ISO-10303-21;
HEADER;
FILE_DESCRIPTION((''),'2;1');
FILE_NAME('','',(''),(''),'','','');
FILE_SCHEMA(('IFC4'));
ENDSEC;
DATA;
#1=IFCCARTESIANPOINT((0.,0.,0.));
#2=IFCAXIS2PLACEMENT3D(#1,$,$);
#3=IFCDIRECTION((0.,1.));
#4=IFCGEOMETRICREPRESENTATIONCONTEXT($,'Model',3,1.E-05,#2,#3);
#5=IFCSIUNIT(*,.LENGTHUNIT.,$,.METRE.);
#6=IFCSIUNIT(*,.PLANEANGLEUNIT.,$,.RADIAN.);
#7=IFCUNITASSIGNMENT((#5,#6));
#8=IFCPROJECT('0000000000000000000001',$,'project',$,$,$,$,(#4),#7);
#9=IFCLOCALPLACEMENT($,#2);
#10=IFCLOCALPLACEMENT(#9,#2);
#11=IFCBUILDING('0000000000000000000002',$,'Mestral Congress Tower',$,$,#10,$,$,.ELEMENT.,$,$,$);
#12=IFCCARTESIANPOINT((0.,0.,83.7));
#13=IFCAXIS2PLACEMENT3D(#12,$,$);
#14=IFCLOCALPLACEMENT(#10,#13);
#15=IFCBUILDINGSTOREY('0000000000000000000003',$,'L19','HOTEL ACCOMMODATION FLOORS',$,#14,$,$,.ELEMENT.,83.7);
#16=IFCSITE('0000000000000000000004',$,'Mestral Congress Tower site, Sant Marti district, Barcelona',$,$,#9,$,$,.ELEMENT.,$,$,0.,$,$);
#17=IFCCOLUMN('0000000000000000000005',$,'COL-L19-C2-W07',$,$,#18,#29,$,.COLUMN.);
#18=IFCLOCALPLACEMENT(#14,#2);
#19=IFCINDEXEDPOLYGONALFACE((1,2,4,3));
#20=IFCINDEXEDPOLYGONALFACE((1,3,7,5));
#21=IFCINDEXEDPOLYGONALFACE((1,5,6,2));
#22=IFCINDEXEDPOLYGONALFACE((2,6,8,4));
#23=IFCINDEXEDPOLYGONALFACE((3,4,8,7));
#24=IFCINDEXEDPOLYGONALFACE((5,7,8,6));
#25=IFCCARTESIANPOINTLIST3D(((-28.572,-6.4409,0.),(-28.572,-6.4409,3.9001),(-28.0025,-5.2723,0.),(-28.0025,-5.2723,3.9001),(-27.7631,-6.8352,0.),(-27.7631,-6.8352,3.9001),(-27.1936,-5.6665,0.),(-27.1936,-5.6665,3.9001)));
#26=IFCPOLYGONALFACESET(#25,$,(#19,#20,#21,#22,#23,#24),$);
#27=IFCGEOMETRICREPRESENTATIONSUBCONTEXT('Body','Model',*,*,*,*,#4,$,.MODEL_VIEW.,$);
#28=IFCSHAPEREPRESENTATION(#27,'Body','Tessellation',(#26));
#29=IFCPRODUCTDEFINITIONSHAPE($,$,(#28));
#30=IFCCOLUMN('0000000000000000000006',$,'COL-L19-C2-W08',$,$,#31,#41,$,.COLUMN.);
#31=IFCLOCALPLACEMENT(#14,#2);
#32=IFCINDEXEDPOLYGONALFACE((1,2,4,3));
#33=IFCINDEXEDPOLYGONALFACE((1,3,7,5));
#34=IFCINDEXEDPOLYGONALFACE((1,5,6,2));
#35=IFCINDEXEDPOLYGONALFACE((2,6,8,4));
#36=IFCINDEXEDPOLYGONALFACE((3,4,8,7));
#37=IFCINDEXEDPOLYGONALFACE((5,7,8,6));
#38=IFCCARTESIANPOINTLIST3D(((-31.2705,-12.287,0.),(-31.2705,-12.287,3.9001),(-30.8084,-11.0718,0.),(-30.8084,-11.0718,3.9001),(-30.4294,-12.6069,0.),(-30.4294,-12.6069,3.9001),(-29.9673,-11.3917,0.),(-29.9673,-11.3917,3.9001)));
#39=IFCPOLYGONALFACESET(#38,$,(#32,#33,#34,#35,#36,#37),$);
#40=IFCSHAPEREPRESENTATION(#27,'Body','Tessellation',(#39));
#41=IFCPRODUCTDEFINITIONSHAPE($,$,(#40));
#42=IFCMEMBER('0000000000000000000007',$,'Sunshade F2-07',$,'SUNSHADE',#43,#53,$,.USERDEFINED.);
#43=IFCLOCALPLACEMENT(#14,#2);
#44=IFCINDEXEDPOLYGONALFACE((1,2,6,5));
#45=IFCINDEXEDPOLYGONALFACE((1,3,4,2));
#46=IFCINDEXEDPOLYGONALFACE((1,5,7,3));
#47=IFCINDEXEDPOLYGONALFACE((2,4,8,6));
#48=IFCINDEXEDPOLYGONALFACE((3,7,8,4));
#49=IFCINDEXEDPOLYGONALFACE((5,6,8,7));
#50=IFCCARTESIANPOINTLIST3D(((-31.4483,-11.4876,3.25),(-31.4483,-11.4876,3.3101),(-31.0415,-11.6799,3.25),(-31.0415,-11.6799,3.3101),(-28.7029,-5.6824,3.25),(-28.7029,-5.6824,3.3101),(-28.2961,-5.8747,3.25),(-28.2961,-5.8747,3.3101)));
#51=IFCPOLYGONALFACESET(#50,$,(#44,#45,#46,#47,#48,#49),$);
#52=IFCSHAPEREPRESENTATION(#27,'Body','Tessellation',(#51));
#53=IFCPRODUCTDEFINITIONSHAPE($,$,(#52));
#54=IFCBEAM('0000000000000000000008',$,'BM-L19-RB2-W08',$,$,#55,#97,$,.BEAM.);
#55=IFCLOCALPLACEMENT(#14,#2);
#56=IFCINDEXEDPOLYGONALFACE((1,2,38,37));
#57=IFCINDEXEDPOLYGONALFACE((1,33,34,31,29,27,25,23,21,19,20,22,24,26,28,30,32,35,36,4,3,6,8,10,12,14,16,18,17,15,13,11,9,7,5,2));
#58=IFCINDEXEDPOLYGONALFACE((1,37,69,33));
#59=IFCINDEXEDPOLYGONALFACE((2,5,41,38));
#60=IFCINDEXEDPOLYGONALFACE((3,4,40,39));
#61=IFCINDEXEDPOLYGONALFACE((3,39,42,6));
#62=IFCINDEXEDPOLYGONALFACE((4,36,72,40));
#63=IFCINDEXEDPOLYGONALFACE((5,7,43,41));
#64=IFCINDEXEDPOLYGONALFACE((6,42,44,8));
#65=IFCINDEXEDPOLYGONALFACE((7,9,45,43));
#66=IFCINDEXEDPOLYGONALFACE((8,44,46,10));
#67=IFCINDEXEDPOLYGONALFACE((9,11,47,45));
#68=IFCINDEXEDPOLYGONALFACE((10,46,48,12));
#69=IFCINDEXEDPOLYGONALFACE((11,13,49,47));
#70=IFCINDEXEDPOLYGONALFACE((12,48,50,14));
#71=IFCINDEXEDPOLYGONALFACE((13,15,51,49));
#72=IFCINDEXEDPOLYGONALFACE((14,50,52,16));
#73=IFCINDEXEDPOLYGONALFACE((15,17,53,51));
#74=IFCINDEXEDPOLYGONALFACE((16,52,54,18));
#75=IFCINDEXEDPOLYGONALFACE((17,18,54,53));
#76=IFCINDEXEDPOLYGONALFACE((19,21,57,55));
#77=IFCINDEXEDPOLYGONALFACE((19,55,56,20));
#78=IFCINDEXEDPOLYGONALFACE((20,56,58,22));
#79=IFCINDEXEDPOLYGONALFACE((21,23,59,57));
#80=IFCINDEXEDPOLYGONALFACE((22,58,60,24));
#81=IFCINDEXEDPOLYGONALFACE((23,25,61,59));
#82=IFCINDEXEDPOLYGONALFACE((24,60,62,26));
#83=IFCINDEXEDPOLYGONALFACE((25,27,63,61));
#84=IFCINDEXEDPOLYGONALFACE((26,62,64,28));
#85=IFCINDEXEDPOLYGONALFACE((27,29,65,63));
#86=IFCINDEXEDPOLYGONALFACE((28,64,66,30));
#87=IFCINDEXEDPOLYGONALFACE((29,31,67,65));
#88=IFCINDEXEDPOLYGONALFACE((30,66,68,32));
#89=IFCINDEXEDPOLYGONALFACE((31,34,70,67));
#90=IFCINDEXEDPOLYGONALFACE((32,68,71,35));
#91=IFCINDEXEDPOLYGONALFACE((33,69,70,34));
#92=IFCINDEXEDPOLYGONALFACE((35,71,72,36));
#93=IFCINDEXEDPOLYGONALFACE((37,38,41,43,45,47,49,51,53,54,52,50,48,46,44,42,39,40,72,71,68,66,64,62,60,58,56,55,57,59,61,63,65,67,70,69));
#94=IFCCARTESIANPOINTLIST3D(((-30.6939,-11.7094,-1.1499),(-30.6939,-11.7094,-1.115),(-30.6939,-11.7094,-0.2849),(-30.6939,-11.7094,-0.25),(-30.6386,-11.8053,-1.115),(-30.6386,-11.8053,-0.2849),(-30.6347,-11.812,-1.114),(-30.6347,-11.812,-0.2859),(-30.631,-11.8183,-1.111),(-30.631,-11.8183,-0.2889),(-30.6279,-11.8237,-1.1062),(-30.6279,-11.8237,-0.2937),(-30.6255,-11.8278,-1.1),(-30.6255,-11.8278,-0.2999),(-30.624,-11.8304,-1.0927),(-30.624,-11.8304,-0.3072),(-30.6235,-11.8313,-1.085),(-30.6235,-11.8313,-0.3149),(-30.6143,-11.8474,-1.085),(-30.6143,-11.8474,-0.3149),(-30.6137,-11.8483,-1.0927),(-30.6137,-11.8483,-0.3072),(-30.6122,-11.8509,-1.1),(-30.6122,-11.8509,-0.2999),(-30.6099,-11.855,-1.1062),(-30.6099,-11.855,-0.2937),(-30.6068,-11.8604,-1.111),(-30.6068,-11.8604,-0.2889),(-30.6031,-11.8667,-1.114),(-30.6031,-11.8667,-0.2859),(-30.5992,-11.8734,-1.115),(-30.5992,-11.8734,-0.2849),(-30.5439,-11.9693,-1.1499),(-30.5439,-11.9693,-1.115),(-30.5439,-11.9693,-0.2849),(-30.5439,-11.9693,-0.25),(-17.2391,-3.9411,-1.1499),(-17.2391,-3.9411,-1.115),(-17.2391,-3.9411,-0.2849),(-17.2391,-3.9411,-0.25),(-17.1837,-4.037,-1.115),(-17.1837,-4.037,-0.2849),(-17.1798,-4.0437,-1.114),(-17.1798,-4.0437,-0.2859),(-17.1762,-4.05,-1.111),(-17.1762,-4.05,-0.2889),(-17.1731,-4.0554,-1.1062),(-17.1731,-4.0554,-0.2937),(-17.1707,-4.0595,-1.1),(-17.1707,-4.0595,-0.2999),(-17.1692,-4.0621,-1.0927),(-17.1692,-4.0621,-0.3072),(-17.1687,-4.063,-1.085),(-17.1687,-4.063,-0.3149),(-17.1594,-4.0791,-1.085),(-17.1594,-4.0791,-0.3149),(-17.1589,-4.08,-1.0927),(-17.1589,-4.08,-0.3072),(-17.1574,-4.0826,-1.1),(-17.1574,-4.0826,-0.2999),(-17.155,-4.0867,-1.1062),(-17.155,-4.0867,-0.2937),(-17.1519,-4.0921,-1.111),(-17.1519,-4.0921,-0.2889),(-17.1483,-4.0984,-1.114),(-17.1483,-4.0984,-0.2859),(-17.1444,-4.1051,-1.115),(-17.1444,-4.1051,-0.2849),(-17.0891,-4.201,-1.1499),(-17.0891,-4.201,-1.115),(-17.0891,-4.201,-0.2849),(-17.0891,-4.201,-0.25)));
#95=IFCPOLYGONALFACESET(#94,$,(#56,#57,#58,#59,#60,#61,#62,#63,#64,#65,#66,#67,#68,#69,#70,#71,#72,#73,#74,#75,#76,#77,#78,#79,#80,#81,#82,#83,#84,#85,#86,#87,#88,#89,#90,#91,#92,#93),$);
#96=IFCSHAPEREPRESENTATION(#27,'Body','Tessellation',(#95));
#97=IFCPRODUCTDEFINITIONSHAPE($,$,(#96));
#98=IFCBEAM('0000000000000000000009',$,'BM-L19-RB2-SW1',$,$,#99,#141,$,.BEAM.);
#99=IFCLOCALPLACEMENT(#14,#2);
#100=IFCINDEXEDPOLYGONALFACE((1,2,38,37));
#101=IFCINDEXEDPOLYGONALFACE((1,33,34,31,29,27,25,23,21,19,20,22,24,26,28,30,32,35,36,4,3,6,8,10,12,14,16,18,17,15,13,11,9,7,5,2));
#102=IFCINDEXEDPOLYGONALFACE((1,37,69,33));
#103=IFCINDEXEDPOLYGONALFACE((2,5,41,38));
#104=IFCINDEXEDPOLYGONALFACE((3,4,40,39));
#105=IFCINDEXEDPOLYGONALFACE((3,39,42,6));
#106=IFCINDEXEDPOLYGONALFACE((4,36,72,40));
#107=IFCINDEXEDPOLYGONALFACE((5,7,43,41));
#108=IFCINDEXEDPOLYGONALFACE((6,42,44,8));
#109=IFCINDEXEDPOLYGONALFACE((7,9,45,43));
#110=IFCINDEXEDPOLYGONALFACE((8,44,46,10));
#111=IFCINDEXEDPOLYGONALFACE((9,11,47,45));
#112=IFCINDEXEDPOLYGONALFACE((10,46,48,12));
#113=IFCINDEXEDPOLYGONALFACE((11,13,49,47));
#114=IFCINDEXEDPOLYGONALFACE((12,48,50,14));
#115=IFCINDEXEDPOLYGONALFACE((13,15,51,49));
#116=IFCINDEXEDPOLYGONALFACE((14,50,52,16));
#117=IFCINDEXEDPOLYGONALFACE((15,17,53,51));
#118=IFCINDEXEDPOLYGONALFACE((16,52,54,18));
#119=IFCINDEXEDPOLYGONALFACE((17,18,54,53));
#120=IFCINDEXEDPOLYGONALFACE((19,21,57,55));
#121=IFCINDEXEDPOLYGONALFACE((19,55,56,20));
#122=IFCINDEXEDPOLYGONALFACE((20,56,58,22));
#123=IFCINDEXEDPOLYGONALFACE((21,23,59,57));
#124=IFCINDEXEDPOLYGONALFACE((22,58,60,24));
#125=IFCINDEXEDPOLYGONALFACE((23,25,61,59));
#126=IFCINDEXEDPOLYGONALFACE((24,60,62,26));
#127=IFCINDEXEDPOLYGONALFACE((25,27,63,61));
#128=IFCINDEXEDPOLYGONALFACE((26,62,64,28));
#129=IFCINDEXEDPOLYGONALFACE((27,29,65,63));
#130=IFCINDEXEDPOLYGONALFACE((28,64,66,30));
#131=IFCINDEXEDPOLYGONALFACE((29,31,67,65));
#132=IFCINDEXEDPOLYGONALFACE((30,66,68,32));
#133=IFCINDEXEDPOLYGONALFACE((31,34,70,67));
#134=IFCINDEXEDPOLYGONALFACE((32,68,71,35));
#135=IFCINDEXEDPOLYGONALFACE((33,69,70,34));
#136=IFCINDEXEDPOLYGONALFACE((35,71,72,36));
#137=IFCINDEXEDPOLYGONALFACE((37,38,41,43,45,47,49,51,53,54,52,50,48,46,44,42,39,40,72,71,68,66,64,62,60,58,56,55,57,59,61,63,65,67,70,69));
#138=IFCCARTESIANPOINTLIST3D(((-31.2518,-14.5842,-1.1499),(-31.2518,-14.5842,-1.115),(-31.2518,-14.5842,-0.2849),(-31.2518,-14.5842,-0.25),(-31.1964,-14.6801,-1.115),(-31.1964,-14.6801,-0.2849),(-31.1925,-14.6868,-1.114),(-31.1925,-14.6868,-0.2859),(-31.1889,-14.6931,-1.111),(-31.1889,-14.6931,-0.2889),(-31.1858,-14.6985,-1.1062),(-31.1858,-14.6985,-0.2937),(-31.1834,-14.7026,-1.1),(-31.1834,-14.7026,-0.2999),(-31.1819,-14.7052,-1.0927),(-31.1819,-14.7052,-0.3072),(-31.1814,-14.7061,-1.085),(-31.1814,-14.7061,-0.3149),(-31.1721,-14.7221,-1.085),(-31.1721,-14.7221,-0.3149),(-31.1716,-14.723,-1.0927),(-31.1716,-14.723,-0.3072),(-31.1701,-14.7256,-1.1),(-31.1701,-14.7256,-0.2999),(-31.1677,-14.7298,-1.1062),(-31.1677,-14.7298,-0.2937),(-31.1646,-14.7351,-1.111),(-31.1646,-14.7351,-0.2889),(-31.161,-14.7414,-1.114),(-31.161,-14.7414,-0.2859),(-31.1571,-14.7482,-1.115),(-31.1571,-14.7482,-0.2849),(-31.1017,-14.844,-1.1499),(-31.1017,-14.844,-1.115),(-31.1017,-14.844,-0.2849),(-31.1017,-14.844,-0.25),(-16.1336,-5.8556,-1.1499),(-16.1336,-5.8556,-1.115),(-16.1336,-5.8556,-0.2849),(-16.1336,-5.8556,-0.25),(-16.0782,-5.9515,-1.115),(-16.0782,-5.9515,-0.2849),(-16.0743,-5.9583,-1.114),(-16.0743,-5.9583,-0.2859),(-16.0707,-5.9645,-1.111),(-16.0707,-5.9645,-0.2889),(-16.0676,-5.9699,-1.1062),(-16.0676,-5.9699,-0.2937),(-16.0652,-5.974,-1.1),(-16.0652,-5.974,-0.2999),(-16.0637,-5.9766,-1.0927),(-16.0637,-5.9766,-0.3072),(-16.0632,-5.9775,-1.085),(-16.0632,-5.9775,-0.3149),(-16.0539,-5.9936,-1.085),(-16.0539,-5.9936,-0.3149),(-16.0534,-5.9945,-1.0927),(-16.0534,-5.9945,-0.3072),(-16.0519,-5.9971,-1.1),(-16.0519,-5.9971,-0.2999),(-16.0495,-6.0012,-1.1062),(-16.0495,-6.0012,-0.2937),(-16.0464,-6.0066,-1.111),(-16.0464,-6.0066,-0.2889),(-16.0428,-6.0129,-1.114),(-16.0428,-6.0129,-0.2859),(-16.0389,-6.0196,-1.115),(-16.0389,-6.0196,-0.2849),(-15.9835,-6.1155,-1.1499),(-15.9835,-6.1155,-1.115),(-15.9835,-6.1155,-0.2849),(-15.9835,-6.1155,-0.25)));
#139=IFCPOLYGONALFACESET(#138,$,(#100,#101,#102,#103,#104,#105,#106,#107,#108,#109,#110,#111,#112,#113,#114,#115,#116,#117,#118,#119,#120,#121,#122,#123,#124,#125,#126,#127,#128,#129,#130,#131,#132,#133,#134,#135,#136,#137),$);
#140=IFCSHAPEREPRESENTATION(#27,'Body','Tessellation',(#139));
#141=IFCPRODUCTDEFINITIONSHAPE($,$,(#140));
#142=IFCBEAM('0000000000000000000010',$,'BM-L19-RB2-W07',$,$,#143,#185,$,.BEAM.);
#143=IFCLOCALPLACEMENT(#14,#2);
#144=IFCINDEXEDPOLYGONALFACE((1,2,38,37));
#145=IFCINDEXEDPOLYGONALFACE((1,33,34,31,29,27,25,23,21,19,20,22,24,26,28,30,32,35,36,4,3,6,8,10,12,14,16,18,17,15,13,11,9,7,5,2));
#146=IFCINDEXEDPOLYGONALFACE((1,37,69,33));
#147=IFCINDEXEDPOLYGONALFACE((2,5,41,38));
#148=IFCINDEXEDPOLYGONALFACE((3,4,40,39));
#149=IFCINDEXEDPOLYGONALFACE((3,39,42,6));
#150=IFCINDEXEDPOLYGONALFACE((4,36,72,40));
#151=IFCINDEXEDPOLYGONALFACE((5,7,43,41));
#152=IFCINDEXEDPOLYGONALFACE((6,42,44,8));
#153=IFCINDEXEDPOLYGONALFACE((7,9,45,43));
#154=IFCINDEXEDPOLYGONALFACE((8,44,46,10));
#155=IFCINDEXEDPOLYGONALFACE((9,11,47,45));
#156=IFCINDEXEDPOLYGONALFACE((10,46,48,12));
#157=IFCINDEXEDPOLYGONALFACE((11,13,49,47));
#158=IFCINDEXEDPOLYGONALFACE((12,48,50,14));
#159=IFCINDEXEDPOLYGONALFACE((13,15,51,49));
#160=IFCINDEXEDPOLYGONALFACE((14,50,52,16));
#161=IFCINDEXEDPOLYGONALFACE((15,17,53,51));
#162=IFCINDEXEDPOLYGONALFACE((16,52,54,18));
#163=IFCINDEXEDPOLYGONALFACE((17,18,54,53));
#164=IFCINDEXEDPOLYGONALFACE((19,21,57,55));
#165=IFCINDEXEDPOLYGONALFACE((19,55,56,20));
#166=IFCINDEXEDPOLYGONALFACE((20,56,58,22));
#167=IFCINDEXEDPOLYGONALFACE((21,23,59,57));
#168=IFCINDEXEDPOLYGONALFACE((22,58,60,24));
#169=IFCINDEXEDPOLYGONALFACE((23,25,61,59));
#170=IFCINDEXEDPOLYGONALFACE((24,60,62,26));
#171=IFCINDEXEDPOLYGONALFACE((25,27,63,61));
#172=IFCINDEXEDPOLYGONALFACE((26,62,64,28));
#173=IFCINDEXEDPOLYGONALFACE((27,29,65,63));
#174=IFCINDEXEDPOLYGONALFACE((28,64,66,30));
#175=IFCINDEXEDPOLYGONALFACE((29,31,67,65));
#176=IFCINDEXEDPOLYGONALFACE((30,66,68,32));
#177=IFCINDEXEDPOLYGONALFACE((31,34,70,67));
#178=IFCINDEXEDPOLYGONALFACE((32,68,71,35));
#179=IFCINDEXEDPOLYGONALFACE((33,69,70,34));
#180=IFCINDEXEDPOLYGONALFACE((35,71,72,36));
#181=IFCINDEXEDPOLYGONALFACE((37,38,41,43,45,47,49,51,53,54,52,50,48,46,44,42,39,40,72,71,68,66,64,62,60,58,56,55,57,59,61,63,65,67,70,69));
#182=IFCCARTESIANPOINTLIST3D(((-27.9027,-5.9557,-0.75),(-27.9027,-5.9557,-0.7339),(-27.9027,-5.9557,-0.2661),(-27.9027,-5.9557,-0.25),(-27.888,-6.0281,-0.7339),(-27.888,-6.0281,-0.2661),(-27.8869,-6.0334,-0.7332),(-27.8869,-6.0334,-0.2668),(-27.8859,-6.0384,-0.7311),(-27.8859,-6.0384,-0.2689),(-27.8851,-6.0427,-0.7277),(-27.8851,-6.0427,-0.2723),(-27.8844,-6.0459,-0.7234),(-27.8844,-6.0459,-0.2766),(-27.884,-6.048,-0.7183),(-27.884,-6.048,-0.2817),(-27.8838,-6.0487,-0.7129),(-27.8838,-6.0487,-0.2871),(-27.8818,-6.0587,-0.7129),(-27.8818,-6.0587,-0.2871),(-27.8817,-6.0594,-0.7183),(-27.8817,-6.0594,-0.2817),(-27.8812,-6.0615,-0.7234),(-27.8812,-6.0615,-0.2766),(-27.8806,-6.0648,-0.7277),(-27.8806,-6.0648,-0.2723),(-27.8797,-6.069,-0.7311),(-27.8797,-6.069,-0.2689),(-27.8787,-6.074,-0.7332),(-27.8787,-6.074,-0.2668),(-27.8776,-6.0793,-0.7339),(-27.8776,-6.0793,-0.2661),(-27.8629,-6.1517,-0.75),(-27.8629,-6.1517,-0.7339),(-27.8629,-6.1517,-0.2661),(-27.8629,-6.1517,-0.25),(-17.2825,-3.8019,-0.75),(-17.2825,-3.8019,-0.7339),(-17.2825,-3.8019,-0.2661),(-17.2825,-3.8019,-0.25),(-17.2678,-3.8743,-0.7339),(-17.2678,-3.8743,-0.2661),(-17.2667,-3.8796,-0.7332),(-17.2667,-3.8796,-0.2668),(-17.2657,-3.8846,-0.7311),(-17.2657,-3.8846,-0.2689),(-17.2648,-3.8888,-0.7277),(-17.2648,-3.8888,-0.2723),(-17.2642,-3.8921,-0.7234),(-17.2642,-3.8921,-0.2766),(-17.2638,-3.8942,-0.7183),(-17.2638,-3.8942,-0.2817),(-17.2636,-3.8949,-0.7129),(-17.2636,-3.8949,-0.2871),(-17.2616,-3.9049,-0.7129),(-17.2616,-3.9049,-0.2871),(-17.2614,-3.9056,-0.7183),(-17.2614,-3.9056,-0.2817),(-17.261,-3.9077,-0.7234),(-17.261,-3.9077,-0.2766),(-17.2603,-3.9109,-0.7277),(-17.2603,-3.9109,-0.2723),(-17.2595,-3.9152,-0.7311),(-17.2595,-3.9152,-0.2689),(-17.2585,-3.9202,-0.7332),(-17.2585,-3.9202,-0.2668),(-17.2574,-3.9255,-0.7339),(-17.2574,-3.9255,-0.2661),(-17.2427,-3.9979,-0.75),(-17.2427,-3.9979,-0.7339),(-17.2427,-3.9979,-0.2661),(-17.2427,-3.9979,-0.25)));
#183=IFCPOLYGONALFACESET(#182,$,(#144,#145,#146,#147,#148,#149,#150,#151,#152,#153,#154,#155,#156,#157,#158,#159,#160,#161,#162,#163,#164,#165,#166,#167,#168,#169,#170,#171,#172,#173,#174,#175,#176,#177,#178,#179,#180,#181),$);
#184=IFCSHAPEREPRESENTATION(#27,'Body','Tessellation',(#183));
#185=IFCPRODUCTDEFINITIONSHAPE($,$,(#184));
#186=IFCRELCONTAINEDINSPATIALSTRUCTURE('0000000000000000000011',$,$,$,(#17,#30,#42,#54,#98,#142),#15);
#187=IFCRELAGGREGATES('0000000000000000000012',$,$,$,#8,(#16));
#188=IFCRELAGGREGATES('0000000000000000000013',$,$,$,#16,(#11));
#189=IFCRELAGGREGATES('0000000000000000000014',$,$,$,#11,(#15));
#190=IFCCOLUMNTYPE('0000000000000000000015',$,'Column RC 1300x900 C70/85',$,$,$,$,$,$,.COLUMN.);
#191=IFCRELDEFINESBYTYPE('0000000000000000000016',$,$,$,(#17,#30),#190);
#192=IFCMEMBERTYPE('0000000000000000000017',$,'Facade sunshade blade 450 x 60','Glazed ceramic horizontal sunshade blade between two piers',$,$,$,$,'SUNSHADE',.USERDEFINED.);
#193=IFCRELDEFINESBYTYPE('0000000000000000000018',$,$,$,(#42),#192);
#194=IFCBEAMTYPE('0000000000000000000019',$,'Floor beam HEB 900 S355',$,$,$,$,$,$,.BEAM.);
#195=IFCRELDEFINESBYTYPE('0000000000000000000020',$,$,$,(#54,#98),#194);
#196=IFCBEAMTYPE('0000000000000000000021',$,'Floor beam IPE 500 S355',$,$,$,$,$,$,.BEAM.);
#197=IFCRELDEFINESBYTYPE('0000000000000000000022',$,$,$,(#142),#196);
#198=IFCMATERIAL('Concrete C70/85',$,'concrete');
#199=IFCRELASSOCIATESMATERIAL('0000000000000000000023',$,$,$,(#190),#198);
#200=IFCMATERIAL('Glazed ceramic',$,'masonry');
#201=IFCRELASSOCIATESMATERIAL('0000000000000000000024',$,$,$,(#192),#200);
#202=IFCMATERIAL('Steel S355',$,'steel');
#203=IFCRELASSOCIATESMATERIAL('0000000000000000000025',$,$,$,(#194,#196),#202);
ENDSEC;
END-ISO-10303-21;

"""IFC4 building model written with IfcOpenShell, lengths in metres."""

from ifc_helpers import new_model, si_unit, direction, frame, origin, origin_2d, place, context, subcontext, project, spatial, rectangle, i_section, extrude, material, material_profile, profile_set, type_object, element, save


model = new_model("IFC4")

# Units and contexts
model_context = context("Model", 3, precision=1e-05, world=origin(), true_north=direction((0.0, 1.0)))
body_context = subcontext(model_context, "Body", "Model", "MODEL_VIEW")
ifc_project = project(units=[si_unit("LENGTHUNIT", "METRE"), si_unit("PLANEANGLEUNIT", "RADIAN")], contexts=[model_context])

# Site, building, storey
site_placement = place(None, origin())
site = spatial("IfcSite", under=ifc_project, at=site_placement, Name="Mestral Congress Tower site, Sant Marti district, Barcelona", CompositionType="ELEMENT", RefElevation=0.0)
building_placement = place(site_placement, origin())
building = spatial("IfcBuilding", under=site, at=building_placement, Name="Mestral Congress Tower", CompositionType="ELEMENT")
storey_placement = place(building_placement, frame((0.0, 0.0, 83.7)))
storey = spatial("IfcBuildingStorey", under=building, at=storey_placement, Name="L19", Description="HOTEL ACCOMMODATION FLOORS", CompositionType="ELEMENT", Elevation=83.7)

# Columns
ifc_material_1 = material(Name="Concrete C70/85", Category="concrete")
ifc_material_profile_1 = material_profile(ifc_material_1, rectangle(XDim=1.3, YDim=0.8999, at=origin_2d()), Name="RC 1300x900")
ifc_profile_set_1 = profile_set([ifc_material_profile_1], Name="Concrete C70/85")
column_type = type_object("IfcColumnType", Name="Column RC 1300x900 C70/85", PredefinedType="COLUMN", material=ifc_profile_set_1)
for number, where, z_axis, x_axis, name in (
    (1, (-27.8828, -6.0537, 0.0), (0.0, 0.0, 1.0), (-0.438061, -0.898945, 0.0), "COL-L19-C2-W07"),
    (2, (-30.6189, -11.8394, 0.0), (0.0, 0.0, 1.0), (-0.355494, -0.934679, 0.0), "COL-L19-C2-W08"),
):
    element("IfcColumn", number, at=place(storey_placement, frame(where, z_axis=z_axis, x_axis=x_axis)), inside=storey, type_object=column_type, Name=name, PredefinedType="COLUMN", context=body_context, shape_type="SweptSolid", body=[
        extrude(rectangle(XDim=1.3, YDim=0.8999, at=origin_2d()), origin(), (0.0, 0.0, 1.0), 3.9001),
    ])

# Member
ifc_material_2 = material(Name="Glazed ceramic", Category="masonry")
ifc_material_profile_2 = material_profile(ifc_material_2, rectangle(XDim=0.45, YDim=0.0601, at=origin_2d()), Name="Ceramic blade 450 x 60")
ifc_profile_set_2 = profile_set([ifc_material_profile_2], Name="Glazed ceramic")
member_type = type_object("IfcMemberType", Name="Facade sunshade blade 450 x 60", Description="Glazed ceramic horizontal sunshade blade between two piers", ElementType="SUNSHADE", PredefinedType="USERDEFINED", material=ifc_profile_set_2)
member_placement = place(storey_placement, frame((-28.4995, -5.7786, 3.28), z_axis=(-0.427519, -0.904006, 0.0), x_axis=(0.904006, -0.427519, 0.0)))
element("IfcMember", 3, at=member_placement, inside=storey, type_object=member_type, Name="Sunshade F2-07", ObjectType="SUNSHADE", PredefinedType="USERDEFINED", context=body_context, shape_type="SweptSolid", body=[
    extrude(rectangle(XDim=0.45, YDim=0.0601, at=origin_2d()), origin(), (0.0, 0.0, 1.0), 6.4216),
])

# Beams
ifc_material_3 = material(Name="Steel S355", Category="steel")
ifc_material_profile_3 = material_profile(ifc_material_3, i_section(OverallWidth=0.3, OverallDepth=0.8999, WebThickness=0.0186, FlangeThickness=0.0349, FilletRadius=0.03, at=origin_2d()), Name="HEB 900")
ifc_profile_set_3 = profile_set([ifc_material_profile_3], Name="Steel S355")
beam_type_1 = type_object("IfcBeamType", Name="Floor beam HEB 900 S355", PredefinedType="BEAM", material=ifc_profile_set_3)
beam_1_placement = place(storey_placement, frame((-30.6189, -11.8394, -0.7), z_axis=(0.866021, 0.500008, 0.0), x_axis=(-0.500008, 0.866021, 0.0)))
element("IfcBeam", 4, at=beam_1_placement, inside=storey, type_object=beam_type_1, Name="BM-L19-RB2-W08", PredefinedType="BEAM", context=body_context, shape_type="SweptSolid", body=[
    extrude(i_section(OverallWidth=0.3, OverallDepth=0.8999, WebThickness=0.0186, FlangeThickness=0.0349, FilletRadius=0.03, at=origin_2d()), origin(), (0.0, 0.0, 1.0), 15.5364),
])
beam_2_placement = place(storey_placement, frame((-31.1768, -14.7141, -0.7), z_axis=(0.866024, 0.500002, 0.0), x_axis=(-0.500002, 0.866024, 0.0)))
element("IfcBeam", 5, at=beam_2_placement, inside=storey, type_object=beam_type_1, Name="BM-L19-RB2-SW1", PredefinedType="BEAM", context=body_context, shape_type="SweptSolid", body=[
    extrude(i_section(OverallWidth=0.3, OverallDepth=0.8999, WebThickness=0.0186, FlangeThickness=0.0349, FilletRadius=0.03, at=origin_2d()), origin(), (0.0, 0.0, 1.0), 17.457),
])
ifc_material_profile_4 = material_profile(ifc_material_3, i_section(OverallWidth=0.2, OverallDepth=0.5, WebThickness=0.0103, FlangeThickness=0.0161, FilletRadius=0.021, at=origin_2d()), Name="IPE 500")
ifc_profile_set_4 = profile_set([ifc_material_profile_4], Name="Steel S355")
beam_type_2 = type_object("IfcBeamType", Name="Floor beam IPE 500 S355", PredefinedType="BEAM", material=ifc_profile_set_4)
beam_3_placement = place(storey_placement, frame((-27.8828, -6.0537, -0.5), z_axis=(0.980049, 0.198758, 0.0), x_axis=(-0.198758, 0.980049, 0.0)))
element("IfcBeam", 6, at=beam_3_placement, inside=storey, type_object=beam_type_2, Name="BM-L19-RB2-W07", PredefinedType="BEAM", context=body_context, shape_type="SweptSolid", body=[
    extrude(i_section(OverallWidth=0.2, OverallDepth=0.5, WebThickness=0.0103, FlangeThickness=0.0161, FilletRadius=0.021, at=origin_2d()), origin(), (0.0, 0.0, 1.0), 10.8364),
])

save(model, "model.ifc")
